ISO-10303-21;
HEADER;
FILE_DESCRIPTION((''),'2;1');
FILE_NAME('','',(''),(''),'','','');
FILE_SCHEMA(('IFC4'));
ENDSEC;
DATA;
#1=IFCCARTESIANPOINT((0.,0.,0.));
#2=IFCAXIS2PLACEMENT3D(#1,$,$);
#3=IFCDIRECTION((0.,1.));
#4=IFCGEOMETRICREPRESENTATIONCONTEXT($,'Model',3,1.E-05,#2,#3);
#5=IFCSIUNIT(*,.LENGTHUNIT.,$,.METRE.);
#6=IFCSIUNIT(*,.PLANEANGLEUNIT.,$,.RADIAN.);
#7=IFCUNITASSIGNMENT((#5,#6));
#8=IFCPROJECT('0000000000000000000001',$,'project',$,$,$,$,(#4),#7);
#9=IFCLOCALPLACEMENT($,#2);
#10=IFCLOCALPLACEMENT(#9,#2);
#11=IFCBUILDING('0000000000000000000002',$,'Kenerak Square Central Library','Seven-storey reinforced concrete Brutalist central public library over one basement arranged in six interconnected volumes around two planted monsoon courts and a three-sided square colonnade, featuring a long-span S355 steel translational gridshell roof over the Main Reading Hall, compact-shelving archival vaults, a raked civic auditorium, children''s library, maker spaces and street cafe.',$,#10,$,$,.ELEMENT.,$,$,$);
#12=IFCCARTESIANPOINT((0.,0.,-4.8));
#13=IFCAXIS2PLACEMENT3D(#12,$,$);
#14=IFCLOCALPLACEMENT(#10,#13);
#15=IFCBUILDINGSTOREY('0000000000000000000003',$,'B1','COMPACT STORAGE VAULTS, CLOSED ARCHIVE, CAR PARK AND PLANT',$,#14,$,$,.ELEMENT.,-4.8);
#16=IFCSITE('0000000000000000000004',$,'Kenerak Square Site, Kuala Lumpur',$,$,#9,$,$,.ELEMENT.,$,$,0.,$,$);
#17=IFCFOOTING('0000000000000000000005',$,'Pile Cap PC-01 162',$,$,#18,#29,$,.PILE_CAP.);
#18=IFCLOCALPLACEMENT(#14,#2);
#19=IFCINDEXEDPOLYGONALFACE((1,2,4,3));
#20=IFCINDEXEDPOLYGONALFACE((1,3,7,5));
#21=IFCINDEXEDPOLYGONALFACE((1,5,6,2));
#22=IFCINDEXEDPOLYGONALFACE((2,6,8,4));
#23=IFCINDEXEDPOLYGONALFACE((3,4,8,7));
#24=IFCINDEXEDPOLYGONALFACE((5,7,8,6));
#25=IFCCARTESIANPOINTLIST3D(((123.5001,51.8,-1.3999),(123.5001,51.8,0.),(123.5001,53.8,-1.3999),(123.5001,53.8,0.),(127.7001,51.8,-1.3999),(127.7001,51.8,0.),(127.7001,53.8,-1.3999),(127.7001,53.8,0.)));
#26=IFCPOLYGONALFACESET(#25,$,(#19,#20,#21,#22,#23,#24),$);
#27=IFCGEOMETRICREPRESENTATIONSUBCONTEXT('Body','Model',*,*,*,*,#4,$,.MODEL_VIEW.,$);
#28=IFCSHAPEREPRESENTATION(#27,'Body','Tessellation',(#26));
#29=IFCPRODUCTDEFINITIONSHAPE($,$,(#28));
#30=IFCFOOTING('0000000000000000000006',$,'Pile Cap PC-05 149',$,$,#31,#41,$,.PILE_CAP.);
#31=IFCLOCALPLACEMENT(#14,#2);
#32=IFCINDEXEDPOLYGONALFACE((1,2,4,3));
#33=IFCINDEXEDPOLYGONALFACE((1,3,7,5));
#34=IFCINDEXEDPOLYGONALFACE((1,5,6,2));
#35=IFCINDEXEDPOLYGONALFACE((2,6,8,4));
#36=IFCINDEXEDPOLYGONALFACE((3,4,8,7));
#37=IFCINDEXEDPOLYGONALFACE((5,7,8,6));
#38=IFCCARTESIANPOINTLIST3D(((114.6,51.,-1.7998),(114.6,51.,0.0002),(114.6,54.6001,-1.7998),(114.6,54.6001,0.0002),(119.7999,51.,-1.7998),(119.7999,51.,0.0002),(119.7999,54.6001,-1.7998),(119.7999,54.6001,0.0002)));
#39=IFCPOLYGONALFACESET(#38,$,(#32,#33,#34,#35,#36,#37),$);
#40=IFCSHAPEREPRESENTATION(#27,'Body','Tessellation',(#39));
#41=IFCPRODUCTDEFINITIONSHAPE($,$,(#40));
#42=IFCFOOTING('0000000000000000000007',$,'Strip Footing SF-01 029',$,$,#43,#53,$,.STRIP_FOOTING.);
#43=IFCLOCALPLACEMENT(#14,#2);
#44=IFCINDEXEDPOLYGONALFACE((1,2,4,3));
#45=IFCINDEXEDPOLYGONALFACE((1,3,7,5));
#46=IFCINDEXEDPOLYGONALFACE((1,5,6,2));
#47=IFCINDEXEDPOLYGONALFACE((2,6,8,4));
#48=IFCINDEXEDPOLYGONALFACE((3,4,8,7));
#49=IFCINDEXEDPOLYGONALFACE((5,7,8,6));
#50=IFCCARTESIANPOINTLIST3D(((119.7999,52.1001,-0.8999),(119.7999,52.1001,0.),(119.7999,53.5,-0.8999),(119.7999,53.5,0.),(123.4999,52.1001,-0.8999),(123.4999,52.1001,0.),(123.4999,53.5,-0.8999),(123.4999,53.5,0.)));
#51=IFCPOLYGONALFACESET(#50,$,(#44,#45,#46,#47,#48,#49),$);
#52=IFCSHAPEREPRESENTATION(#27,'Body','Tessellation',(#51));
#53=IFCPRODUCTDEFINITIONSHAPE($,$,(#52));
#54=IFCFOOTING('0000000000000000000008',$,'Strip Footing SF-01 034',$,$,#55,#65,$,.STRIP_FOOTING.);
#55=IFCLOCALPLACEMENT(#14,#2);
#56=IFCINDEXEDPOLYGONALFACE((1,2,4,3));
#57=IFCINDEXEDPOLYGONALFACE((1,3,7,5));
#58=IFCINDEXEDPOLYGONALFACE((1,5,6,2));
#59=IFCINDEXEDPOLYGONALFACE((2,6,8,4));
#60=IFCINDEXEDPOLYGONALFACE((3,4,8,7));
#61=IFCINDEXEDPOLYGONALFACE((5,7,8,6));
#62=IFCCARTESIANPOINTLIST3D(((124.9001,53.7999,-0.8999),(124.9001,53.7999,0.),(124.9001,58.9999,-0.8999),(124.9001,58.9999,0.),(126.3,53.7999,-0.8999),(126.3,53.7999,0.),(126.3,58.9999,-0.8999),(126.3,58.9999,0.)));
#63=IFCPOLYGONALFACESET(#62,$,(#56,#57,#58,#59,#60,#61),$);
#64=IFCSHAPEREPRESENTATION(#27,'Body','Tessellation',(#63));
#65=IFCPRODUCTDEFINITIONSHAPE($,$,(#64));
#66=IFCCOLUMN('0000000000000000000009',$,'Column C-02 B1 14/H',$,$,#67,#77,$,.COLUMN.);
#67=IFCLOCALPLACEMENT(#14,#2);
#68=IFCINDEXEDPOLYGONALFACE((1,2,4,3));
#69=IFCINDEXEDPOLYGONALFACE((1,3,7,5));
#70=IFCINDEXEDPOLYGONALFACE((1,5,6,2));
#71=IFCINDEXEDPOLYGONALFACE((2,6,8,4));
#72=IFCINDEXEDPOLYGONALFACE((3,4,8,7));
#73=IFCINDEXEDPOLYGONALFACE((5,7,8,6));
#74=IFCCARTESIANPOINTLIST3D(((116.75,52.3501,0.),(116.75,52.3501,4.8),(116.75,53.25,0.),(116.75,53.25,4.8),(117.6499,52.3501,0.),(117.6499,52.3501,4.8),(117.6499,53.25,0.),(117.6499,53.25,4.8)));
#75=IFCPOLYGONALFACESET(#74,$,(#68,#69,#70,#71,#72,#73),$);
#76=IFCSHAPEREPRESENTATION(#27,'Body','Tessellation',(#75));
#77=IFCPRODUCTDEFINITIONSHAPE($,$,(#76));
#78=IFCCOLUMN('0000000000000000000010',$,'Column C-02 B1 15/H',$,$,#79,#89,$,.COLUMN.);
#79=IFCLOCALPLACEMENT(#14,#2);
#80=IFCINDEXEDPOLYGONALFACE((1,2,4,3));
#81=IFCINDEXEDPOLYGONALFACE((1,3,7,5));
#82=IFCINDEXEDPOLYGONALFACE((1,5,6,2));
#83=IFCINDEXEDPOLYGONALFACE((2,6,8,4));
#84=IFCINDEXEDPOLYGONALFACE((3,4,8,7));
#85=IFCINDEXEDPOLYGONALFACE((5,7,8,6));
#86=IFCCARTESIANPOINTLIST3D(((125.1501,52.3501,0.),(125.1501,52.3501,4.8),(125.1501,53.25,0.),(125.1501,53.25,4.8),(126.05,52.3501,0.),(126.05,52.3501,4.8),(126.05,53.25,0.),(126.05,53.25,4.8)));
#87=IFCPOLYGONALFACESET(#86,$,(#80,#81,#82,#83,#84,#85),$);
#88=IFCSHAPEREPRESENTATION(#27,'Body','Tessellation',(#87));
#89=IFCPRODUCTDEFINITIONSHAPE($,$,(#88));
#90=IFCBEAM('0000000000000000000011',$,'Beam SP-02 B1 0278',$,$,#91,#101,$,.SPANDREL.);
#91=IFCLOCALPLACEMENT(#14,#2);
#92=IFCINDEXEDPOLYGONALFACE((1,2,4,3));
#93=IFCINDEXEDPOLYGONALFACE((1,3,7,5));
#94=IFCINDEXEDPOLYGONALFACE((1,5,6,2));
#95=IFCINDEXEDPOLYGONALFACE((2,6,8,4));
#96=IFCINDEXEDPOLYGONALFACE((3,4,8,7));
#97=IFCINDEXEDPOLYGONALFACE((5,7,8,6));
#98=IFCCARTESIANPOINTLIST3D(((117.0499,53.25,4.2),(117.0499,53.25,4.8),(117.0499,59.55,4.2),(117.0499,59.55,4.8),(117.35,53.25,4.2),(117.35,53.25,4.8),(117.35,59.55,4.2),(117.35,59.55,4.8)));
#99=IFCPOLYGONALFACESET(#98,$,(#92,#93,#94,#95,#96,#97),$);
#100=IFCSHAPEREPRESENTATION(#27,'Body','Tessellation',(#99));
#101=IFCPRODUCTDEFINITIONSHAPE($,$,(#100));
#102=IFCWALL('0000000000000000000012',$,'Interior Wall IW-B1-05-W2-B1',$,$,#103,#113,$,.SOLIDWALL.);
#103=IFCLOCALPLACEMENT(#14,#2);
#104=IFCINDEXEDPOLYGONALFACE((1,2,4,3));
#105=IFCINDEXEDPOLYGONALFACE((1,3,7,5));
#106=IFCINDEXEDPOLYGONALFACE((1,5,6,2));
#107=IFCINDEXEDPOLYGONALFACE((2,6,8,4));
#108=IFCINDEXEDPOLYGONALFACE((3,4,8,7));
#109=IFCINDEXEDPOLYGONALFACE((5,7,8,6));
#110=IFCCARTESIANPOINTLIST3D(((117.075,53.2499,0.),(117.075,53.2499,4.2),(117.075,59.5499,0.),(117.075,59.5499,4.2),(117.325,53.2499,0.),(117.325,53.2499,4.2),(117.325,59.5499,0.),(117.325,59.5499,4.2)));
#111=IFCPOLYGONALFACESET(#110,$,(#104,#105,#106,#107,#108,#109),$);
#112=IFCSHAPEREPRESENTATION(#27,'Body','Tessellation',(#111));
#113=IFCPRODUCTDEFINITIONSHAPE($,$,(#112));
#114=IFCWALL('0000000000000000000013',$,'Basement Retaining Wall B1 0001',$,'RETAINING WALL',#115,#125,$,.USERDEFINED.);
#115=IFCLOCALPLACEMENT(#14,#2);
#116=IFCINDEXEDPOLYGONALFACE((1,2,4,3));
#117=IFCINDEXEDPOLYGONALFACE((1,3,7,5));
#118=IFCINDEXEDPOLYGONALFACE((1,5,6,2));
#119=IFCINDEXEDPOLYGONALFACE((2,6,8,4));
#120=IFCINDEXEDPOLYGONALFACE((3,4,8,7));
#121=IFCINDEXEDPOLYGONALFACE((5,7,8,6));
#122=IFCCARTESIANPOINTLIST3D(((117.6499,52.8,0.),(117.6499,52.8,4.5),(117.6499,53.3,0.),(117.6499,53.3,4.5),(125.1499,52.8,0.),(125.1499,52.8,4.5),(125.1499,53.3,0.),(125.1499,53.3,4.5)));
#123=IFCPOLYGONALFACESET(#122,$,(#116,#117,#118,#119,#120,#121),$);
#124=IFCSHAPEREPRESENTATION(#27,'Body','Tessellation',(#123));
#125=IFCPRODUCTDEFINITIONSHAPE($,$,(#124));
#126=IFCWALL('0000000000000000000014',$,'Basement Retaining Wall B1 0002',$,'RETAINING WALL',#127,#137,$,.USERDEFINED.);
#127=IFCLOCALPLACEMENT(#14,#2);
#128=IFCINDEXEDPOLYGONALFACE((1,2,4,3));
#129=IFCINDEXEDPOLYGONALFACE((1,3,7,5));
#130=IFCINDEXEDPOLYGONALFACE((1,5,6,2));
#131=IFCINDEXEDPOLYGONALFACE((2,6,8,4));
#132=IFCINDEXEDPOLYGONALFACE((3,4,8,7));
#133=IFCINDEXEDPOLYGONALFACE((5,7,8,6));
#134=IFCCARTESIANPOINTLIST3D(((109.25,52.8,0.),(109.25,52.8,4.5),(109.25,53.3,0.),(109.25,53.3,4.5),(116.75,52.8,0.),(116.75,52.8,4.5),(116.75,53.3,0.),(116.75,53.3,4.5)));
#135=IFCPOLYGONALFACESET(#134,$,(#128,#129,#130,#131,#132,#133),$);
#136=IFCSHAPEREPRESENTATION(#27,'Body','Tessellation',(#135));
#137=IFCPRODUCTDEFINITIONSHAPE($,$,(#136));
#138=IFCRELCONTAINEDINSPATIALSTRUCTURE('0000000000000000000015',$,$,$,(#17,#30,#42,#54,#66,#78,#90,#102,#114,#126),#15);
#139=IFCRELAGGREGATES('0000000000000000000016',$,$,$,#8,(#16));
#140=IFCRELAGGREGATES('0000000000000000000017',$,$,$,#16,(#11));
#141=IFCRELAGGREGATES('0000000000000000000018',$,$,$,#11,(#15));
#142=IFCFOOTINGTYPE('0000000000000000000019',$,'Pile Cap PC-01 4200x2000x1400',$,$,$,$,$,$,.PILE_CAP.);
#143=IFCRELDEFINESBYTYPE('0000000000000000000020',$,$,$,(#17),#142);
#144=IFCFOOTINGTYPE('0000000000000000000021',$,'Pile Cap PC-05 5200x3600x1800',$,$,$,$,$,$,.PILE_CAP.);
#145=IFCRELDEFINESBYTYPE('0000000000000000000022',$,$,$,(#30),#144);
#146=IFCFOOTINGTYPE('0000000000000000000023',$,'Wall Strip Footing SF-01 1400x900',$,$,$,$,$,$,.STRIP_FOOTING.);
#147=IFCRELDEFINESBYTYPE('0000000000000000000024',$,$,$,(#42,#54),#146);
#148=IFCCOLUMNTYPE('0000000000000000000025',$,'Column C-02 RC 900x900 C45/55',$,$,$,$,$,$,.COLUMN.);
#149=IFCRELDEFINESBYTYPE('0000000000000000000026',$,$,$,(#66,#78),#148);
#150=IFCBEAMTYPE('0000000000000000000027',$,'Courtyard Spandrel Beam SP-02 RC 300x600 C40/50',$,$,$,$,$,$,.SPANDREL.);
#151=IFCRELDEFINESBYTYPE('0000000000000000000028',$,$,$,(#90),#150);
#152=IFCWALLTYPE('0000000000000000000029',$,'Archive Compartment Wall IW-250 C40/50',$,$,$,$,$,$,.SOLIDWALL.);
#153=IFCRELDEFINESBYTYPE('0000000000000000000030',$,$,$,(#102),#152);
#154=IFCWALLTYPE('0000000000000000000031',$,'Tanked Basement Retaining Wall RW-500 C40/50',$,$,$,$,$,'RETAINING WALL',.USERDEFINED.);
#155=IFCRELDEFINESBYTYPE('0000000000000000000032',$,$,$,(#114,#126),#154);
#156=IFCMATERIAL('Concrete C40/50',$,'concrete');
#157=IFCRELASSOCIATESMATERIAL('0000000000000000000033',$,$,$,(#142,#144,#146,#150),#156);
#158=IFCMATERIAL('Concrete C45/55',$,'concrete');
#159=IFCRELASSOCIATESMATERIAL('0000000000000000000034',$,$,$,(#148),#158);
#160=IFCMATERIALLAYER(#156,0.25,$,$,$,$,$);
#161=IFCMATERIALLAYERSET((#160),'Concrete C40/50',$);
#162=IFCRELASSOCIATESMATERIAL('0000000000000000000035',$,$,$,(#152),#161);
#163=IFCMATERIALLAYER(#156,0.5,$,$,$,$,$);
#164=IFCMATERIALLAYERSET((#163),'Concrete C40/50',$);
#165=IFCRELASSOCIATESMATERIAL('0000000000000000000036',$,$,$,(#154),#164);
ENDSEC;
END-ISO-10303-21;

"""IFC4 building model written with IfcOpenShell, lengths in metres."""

from ifc_helpers import new_model, si_unit, direction, frame, frame_2d, origin, origin_2d, place, context, subcontext, project, spatial, rectangle, extrude, material, layer, layer_set, material_profile, profile_set, type_object, element, save


model = new_model("IFC4")

# Units and contexts
model_context = context("Model", 3, precision=1e-05, world=origin(), true_north=direction((0.0, 1.0)))
body_context = subcontext(model_context, "Body", "Model", "MODEL_VIEW")
ifc_project = project(units=[si_unit("LENGTHUNIT", "METRE"), si_unit("PLANEANGLEUNIT", "RADIAN")], contexts=[model_context])

# Site, building, storey
site_placement = place(None, origin())
site = spatial("IfcSite", under=ifc_project, at=site_placement, Name="Kenerak Square Site, Kuala Lumpur", CompositionType="ELEMENT", RefElevation=0.0)
building_placement = place(site_placement, origin())
building = spatial("IfcBuilding", under=site, at=building_placement, Name="Kenerak Square Central Library", Description="Seven-storey reinforced concrete Brutalist central public library over one basement arranged in six interconnected volumes around two planted monsoon courts and a three-sided square colonnade, featuring a long-span S355 steel translational gridshell roof over the Main Reading Hall, compact-shelving archival vaults, a raked civic auditorium, children's library, maker spaces and street cafe.", CompositionType="ELEMENT")
storey_placement = place(building_placement, frame((0.0, 0.0, -4.8)))
storey = spatial("IfcBuildingStorey", under=building, at=storey_placement, Name="B1", Description="COMPACT STORAGE VAULTS, CLOSED ARCHIVE, CAR PARK AND PLANT", CompositionType="ELEMENT", Elevation=-4.8)

# Shared definitions
ifc_material_1 = material(Name="Concrete C40/50", Category="concrete")

# Footings
footing_type_1 = type_object("IfcFootingType", Name="Pile Cap PC-01 4200x2000x1400", PredefinedType="PILE_CAP", material=ifc_material_1)
footing_1_placement = place(storey_placement, frame((125.6001, 52.8, -1.3999), z_axis=(0.0, 0.0, 1.0), x_axis=(1.0, 0.0, 0.0)))
element("IfcFooting", 1, at=footing_1_placement, inside=storey, type_object=footing_type_1, Name="Pile Cap PC-01 162", PredefinedType="PILE_CAP", context=body_context, shape_type="SweptSolid", body=[
    extrude(rectangle(XDim=4.2, YDim=2.0, at=origin_2d()), origin(), (0.0, 0.0, 1.0), 1.3999),
])
footing_type_2 = type_object("IfcFootingType", Name="Pile Cap PC-05 5200x3600x1800", PredefinedType="PILE_CAP", material=ifc_material_1)
footing_2_placement = place(storey_placement, frame((117.2, 52.8, -1.7998), z_axis=(0.0, 0.0, 1.0), x_axis=(1.0, 0.0, 0.0)))
element("IfcFooting", 2, at=footing_2_placement, inside=storey, type_object=footing_type_2, Name="Pile Cap PC-05 149", PredefinedType="PILE_CAP", context=body_context, shape_type="SweptSolid", body=[
    extrude(rectangle(XDim=5.2, YDim=3.6001, at=origin_2d()), origin(), (0.0, 0.0, 1.0), 1.8),
])
footing_type_3 = type_object("IfcFootingType", Name="Wall Strip Footing SF-01 1400x900", PredefinedType="STRIP_FOOTING", material=ifc_material_1)
footing_3_placement = place(storey_placement, frame((121.6499, 52.8, -0.8999), z_axis=(0.0, 0.0, 1.0), x_axis=(1.0, 0.0, 0.0)))
element("IfcFooting", 3, at=footing_3_placement, inside=storey, type_object=footing_type_3, Name="Strip Footing SF-01 029", PredefinedType="STRIP_FOOTING", context=body_context, shape_type="SweptSolid", body=[
    extrude(rectangle(XDim=3.7, YDim=1.3999, at=origin_2d()), origin(), (0.0, 0.0, 1.0), 0.8999),
])
footing_4_placement = place(storey_placement, frame((125.6001, 56.3999, -0.8999), z_axis=(0.0, 0.0, 1.0), x_axis=(1.0, 0.0, 0.0)))
element("IfcFooting", 4, at=footing_4_placement, inside=storey, type_object=footing_type_3, Name="Strip Footing SF-01 034", PredefinedType="STRIP_FOOTING", context=body_context, shape_type="SweptSolid", body=[
    extrude(rectangle(XDim=1.3999, YDim=5.2, at=origin_2d()), origin(), (0.0, 0.0, 1.0), 0.8999),
])

# Columns
ifc_material_2 = material(Name="Concrete C45/55", Category="concrete")
ifc_material_profile_1 = material_profile(ifc_material_2, rectangle(XDim=0.8999, YDim=0.8999, at=origin_2d()), Name="RC 900x900")
ifc_profile_set_1 = profile_set([ifc_material_profile_1], Name="Concrete C45/55")
column_type = type_object("IfcColumnType", Name="Column C-02 RC 900x900 C45/55", PredefinedType="COLUMN", material=ifc_profile_set_1)
for number, where, z_axis, x_axis, name in (
    (5, (117.2, 52.8, 0.0), (0.0, 0.0, 1.0), (1.0, 0.0, 0.0), "Column C-02 B1 14/H"),
    (6, (125.6001, 52.8, 0.0), (0.0, 0.0, 1.0), (1.0, 0.0, 0.0), "Column C-02 B1 15/H"),
):
    element("IfcColumn", number, at=place(storey_placement, frame(where, z_axis=z_axis, x_axis=x_axis)), inside=storey, type_object=column_type, Name=name, PredefinedType="COLUMN", context=body_context, shape_type="SweptSolid", body=[
        extrude(rectangle(XDim=0.8999, YDim=0.8999, at=origin_2d()), origin(), (0.0, 0.0, 1.0), 4.8),
    ])

# Beam
ifc_material_profile_2 = material_profile(ifc_material_1, rectangle(XDim=0.3, YDim=0.6001, at=origin_2d()), Name="RC 300x600")
ifc_profile_set_2 = profile_set([ifc_material_profile_2], Name="Concrete C40/50")
beam_type = type_object("IfcBeamType", Name="Courtyard Spandrel Beam SP-02 RC 300x600 C40/50", PredefinedType="SPANDREL", material=ifc_profile_set_2)
beam_placement = place(storey_placement, frame((117.2, 53.25, 4.5), z_axis=(0.0, 1.0, 0.0), x_axis=(-1.0, 0.0, 0.0)))
element("IfcBeam", 7, at=beam_placement, inside=storey, type_object=beam_type, Name="Beam SP-02 B1 0278", PredefinedType="SPANDREL", context=body_context, shape_type="SweptSolid", body=[
    extrude(rectangle(XDim=0.3, YDim=0.6001, at=origin_2d()), origin(), (0.0, 0.0, 1.0), 6.3),
])

# Walls
ifc_layer_1 = layer(ifc_material_1, 0.25)
ifc_layer_set_1 = layer_set([ifc_layer_1], Name="Concrete C40/50")
wall_type_1 = type_object("IfcWallType", Name="Archive Compartment Wall IW-250 C40/50", PredefinedType="SOLIDWALL", material=ifc_layer_set_1)
wall_placement = place(storey_placement, frame((117.2, 53.25, 0.0), z_axis=(0.0, 0.0, 1.0), x_axis=(0.0, 1.0, 0.0)))
element("IfcWall", 8, at=wall_placement, inside=storey, type_object=wall_type_1, Name="Interior Wall IW-B1-05-W2-B1", PredefinedType="SOLIDWALL", context=body_context, shape_type="SweptSolid", body=[
    extrude(rectangle(XDim=6.3, YDim=0.25, at=frame_2d((3.1499, 0.0))), origin(), (0.0, 0.0, 1.0), 4.2),
])
ifc_layer_2 = layer(ifc_material_1, 0.5)
ifc_layer_set_2 = layer_set([ifc_layer_2], Name="Concrete C40/50")
wall_type_2 = type_object("IfcWallType", Name="Tanked Basement Retaining Wall RW-500 C40/50", ElementType="RETAINING WALL", PredefinedType="USERDEFINED", material=ifc_layer_set_2)
for number, where, z_axis, x_axis, name in (
    (9, (125.1499, 53.05, 0.0), (0.0, 0.0, 1.0), (-1.0, 0.0, 0.0), "Basement Retaining Wall B1 0001"),
    (10, (116.75, 53.05, 0.0), (0.0, 0.0, 1.0), (-1.0, 0.0, 0.0), "Basement Retaining Wall B1 0002"),
):
    element("IfcWall", number, at=place(storey_placement, frame(where, z_axis=z_axis, x_axis=x_axis)), inside=storey, type_object=wall_type_2, Name=name, ObjectType="RETAINING WALL", PredefinedType="USERDEFINED", context=body_context, shape_type="SweptSolid", body=[
        extrude(rectangle(XDim=7.5, YDim=0.5, at=frame_2d((3.75, 0.0))), origin(), (0.0, 0.0, 1.0), 4.5),
    ])

save(model, "model.ifc")
